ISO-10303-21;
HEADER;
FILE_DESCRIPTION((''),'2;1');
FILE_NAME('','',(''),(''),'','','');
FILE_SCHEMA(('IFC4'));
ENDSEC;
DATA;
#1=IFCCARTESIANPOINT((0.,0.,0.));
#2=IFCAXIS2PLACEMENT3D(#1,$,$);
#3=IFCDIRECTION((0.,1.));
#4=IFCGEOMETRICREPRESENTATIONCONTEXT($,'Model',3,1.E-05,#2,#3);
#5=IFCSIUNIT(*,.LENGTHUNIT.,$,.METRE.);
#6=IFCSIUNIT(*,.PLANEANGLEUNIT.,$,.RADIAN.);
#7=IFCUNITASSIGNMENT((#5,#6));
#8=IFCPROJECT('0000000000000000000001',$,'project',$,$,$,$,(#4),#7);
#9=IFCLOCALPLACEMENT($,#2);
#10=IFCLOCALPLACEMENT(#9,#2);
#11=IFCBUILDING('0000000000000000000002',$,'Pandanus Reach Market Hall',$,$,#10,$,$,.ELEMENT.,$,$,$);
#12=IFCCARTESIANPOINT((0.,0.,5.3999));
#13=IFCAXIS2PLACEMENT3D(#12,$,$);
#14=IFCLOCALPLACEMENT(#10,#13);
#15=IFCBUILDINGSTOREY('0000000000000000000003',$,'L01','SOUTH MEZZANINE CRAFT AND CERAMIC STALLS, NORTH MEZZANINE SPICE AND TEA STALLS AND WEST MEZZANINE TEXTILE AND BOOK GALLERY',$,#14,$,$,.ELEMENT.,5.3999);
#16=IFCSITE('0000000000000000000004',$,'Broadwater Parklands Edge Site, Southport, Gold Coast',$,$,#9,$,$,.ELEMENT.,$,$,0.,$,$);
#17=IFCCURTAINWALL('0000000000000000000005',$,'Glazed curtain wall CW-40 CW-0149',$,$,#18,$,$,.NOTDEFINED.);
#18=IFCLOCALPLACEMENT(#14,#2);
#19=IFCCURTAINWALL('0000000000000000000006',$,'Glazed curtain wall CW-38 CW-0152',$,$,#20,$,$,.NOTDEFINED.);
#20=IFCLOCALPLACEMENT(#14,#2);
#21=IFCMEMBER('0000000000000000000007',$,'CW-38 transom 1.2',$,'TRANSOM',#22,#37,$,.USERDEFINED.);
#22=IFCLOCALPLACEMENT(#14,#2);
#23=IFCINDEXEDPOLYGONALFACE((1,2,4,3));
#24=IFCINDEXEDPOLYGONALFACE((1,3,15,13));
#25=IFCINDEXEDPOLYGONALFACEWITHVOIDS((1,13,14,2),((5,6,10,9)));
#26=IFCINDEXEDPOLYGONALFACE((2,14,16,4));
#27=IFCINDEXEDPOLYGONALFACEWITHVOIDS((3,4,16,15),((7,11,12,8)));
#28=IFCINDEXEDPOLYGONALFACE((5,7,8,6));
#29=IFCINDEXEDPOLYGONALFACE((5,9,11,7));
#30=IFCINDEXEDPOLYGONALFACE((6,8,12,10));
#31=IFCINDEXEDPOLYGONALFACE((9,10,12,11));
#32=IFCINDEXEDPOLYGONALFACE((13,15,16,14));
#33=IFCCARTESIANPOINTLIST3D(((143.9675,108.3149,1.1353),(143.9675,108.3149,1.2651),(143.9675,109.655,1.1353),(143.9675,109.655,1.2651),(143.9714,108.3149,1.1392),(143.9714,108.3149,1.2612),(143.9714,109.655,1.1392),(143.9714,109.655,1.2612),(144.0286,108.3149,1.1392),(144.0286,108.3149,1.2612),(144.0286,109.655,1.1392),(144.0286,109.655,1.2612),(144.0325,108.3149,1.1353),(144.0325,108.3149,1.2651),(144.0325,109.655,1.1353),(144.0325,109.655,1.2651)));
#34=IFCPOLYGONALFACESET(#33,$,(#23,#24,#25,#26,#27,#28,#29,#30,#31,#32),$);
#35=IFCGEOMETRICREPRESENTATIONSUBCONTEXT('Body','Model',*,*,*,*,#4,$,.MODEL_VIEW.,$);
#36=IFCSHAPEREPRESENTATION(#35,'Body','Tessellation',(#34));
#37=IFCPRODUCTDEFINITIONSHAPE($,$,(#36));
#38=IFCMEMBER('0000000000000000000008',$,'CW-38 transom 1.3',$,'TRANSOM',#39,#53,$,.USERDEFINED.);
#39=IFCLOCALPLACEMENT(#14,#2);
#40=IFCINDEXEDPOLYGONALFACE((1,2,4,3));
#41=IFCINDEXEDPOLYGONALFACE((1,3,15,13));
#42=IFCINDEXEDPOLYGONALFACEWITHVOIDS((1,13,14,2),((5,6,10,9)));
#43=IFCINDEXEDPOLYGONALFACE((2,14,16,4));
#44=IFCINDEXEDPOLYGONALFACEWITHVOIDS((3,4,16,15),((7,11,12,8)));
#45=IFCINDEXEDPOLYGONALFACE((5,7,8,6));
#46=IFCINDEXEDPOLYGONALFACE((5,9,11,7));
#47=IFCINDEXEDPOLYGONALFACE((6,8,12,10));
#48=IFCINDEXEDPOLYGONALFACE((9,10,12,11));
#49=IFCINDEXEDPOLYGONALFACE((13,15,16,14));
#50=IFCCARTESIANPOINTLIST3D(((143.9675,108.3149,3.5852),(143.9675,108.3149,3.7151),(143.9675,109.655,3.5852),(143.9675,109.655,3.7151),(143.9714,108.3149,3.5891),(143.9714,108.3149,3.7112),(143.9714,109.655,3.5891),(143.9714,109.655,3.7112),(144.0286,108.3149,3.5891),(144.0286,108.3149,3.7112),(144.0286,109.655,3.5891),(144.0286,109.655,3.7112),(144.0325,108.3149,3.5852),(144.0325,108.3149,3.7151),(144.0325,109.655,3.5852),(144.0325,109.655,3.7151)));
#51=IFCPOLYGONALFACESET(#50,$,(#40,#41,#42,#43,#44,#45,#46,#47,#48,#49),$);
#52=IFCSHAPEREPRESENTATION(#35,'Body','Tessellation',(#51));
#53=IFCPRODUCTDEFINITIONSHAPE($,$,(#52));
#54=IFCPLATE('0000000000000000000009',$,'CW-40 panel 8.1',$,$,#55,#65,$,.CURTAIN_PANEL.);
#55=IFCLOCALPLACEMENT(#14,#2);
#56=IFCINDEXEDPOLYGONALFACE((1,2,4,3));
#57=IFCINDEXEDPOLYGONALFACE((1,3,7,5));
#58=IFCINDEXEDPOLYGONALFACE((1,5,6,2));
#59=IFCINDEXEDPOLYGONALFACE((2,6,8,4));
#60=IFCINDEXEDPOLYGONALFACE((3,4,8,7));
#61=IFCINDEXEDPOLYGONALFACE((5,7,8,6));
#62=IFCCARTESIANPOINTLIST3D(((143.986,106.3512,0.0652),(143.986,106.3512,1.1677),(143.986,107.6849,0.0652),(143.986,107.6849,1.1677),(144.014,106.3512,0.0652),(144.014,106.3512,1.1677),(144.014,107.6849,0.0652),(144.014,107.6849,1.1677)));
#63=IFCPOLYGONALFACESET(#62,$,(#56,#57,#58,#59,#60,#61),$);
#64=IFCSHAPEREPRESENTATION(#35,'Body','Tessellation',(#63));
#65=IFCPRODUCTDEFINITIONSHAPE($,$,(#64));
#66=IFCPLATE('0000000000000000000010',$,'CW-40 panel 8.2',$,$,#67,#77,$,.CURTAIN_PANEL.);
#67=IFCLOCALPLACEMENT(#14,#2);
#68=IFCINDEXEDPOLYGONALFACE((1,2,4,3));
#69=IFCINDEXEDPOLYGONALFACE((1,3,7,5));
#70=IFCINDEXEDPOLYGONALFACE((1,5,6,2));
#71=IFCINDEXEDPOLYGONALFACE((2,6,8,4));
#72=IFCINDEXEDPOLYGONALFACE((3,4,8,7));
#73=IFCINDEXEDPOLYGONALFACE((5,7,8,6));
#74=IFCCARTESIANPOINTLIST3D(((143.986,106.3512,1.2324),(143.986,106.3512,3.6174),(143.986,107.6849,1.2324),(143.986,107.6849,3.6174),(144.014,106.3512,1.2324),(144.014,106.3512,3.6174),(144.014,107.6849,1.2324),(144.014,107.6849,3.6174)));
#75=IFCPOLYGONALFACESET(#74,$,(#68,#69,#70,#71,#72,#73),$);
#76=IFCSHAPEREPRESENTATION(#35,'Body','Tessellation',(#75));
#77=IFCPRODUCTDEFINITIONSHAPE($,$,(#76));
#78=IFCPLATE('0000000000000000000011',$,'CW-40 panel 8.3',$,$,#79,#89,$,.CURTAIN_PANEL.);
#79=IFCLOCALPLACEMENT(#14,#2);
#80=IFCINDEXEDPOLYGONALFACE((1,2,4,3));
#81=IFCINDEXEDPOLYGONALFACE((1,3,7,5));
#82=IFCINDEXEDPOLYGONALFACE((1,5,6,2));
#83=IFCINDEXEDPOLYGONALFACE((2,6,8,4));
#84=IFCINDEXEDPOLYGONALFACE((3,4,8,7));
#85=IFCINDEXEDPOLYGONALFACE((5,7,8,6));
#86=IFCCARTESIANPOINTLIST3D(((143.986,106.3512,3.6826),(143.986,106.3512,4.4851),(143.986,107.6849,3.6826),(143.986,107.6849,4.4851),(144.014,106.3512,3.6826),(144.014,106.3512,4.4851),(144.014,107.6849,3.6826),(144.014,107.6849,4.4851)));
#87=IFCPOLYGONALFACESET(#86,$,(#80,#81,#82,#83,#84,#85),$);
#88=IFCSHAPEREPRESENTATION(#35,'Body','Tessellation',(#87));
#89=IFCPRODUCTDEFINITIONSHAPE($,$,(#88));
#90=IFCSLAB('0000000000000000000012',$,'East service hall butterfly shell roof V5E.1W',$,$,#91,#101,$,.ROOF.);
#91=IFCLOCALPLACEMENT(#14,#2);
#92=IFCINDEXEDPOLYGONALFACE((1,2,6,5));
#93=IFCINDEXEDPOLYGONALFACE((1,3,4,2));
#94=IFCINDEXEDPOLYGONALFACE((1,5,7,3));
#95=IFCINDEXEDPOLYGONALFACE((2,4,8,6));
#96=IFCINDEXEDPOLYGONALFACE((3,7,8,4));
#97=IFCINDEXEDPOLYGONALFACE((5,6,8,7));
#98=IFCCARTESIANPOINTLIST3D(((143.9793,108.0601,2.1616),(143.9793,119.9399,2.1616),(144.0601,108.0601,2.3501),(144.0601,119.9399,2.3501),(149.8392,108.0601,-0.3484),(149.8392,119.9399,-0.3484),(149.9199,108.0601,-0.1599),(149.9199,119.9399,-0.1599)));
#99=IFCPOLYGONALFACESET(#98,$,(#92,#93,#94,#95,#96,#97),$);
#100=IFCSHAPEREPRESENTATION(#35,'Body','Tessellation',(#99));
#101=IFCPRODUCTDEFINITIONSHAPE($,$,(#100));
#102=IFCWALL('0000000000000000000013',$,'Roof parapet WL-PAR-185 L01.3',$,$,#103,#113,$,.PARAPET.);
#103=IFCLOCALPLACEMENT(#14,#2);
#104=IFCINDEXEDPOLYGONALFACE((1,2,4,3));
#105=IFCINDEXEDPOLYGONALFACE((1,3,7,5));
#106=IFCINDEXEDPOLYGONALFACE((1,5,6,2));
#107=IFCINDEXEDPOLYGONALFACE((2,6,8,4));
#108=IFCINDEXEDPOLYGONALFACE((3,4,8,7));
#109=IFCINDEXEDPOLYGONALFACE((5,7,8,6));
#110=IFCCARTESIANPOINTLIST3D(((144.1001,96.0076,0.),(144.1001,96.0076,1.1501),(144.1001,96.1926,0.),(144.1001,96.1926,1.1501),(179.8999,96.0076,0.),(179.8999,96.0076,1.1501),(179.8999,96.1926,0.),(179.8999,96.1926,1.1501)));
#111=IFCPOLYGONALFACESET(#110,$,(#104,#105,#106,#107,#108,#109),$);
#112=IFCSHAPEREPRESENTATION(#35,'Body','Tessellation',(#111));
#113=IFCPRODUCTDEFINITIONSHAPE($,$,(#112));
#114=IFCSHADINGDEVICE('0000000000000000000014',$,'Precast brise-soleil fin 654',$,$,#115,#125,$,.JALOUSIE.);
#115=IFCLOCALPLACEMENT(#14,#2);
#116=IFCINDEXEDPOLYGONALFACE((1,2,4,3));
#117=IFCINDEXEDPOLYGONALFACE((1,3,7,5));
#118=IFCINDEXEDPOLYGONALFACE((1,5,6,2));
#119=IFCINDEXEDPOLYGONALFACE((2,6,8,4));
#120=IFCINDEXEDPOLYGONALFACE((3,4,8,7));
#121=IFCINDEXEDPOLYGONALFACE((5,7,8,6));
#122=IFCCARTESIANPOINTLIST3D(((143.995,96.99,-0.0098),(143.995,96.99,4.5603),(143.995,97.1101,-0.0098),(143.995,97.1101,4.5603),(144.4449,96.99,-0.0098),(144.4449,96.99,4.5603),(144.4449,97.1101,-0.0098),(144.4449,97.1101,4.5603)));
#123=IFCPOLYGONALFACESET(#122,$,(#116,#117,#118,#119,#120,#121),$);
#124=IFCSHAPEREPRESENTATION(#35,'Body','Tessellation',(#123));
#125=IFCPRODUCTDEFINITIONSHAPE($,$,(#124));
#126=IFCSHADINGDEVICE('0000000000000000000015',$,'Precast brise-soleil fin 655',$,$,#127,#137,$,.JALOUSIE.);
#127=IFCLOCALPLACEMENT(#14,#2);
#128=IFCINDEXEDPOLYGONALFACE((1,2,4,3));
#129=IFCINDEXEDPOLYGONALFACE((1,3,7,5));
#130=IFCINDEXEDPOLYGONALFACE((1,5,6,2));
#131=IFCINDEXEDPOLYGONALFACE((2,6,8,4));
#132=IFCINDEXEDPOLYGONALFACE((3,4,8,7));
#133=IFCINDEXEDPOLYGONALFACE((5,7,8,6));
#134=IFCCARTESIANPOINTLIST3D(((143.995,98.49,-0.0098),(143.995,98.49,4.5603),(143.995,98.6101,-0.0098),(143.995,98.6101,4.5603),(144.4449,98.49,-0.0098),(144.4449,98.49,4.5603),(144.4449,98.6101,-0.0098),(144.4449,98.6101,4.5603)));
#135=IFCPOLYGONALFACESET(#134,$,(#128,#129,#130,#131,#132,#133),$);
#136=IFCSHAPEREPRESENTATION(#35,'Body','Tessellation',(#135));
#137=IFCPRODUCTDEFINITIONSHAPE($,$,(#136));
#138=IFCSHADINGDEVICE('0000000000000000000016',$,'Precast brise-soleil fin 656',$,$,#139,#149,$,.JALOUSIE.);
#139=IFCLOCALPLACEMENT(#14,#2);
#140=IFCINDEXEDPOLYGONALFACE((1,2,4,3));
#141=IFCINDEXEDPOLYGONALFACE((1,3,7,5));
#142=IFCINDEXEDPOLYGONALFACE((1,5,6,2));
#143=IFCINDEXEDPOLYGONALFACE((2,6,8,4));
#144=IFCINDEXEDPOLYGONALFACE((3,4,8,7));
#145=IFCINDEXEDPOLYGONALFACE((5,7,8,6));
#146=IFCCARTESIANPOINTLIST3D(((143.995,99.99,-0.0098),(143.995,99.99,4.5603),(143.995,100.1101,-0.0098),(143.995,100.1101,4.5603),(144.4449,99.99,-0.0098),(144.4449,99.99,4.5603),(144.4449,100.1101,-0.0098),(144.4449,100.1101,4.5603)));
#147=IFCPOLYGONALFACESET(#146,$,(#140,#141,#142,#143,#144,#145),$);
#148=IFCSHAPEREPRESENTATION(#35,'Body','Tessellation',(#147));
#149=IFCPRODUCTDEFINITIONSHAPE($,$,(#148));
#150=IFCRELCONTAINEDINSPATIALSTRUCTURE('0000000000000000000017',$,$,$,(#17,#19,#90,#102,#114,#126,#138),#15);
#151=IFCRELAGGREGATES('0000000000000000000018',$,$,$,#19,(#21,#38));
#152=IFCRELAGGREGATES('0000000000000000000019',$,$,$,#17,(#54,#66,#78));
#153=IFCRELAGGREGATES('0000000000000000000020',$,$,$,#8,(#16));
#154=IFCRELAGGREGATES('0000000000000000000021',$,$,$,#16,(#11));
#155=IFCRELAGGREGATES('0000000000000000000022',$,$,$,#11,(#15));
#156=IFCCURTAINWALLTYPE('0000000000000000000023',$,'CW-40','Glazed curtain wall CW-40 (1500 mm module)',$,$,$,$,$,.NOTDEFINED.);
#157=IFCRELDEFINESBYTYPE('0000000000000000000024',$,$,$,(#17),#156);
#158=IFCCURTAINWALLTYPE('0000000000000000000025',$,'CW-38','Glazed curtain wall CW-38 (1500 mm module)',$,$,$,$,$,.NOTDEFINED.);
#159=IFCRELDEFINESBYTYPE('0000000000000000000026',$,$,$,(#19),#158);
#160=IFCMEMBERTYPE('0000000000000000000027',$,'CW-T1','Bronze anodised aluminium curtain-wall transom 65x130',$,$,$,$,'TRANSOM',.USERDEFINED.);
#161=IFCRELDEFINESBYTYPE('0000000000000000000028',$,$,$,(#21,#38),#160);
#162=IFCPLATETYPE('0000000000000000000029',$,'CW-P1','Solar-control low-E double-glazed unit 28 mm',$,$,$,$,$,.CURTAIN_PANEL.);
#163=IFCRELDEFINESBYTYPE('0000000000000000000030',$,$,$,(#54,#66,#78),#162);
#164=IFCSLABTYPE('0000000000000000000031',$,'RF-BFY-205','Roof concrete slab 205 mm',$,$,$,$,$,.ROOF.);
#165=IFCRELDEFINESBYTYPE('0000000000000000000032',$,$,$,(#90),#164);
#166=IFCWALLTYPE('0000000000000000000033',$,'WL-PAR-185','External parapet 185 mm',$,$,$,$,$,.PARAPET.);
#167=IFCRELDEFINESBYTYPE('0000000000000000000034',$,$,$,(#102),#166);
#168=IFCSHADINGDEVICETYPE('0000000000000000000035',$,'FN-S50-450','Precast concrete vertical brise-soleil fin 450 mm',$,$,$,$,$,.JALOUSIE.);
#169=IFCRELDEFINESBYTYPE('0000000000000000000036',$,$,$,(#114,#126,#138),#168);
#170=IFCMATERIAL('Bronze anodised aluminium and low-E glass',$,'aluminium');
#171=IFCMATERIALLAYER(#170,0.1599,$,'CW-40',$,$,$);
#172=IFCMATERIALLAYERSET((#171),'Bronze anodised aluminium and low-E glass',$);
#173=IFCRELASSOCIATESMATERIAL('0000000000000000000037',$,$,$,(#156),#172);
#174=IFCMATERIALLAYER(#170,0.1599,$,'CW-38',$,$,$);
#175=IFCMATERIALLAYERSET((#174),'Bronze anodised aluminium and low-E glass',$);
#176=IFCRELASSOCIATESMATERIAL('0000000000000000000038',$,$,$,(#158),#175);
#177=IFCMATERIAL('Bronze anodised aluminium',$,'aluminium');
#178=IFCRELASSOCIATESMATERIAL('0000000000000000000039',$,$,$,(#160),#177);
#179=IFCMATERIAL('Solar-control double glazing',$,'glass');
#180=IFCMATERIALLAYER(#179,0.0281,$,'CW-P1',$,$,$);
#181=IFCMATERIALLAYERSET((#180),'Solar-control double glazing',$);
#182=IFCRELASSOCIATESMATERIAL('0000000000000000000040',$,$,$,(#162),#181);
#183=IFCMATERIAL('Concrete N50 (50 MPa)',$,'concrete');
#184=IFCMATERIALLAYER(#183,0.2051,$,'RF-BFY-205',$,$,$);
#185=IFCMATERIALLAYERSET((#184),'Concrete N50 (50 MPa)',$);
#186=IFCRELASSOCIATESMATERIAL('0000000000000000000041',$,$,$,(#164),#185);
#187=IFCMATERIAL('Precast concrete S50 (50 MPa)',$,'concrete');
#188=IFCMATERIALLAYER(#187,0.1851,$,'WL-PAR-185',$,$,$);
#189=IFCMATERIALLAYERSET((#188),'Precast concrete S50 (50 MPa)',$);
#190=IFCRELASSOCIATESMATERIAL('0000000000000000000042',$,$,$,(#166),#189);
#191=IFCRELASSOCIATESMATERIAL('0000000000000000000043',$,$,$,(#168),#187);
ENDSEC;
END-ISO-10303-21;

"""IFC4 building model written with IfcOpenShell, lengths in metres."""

from ifc_helpers import new_model, si_unit, direction, frame, frame_2d, origin, origin_2d, place, context, subcontext, project, spatial, polyline, rectangle, hollow_rectangle, outline, extrude, material, layer, layer_set, material_profile, profile_set, type_object, element, aggregate, save


model = new_model("IFC4")

# Units and contexts
model_context = context("Model", 3, precision=1e-05, world=origin(), true_north=direction((0.0, 1.0)))
body_context = subcontext(model_context, "Body", "Model", "MODEL_VIEW")
ifc_project = project(units=[si_unit("LENGTHUNIT", "METRE"), si_unit("PLANEANGLEUNIT", "RADIAN")], contexts=[model_context])

# Site, building, storey
site_placement = place(None, origin())
site = spatial("IfcSite", under=ifc_project, at=site_placement, Name="Broadwater Parklands Edge Site, Southport, Gold Coast", CompositionType="ELEMENT", RefElevation=0.0)
building_placement = place(site_placement, origin())
building = spatial("IfcBuilding", under=site, at=building_placement, Name="Pandanus Reach Market Hall", CompositionType="ELEMENT")
storey_placement = place(building_placement, frame((0.0, 0.0, 5.3999)))
storey = spatial("IfcBuildingStorey", under=building, at=storey_placement, Name="L01", Description="SOUTH MEZZANINE CRAFT AND CERAMIC STALLS, NORTH MEZZANINE SPICE AND TEA STALLS AND WEST MEZZANINE TEXTILE AND BOOK GALLERY", CompositionType="ELEMENT", Elevation=5.3999)

# Curtain walls
ifc_material_1 = material(Name="Bronze anodised aluminium and low-E glass", Category="aluminium")
ifc_layer_1 = layer(ifc_material_1, 0.1599, Name="CW-40")
ifc_layer_set_1 = layer_set([ifc_layer_1], Name="Bronze anodised aluminium and low-E glass")
curtain_wall_type_1 = type_object("IfcCurtainWallType", Name="CW-40", Description="Glazed curtain wall CW-40 (1500 mm module)", PredefinedType="NOTDEFINED", material=ifc_layer_set_1)
curtain_wall_1_placement = place(storey_placement, origin())
curtain_wall_1 = element("IfcCurtainWall", 1, at=curtain_wall_1_placement, inside=storey, type_object=curtain_wall_type_1, Name="Glazed curtain wall CW-40 CW-0149", PredefinedType="NOTDEFINED")
ifc_material_2 = material(Name="Bronze anodised aluminium", Category="aluminium")
ifc_layer_2 = layer(ifc_material_1, 0.1599, Name="CW-38")
ifc_layer_set_2 = layer_set([ifc_layer_2], Name="Bronze anodised aluminium and low-E glass")
curtain_wall_type_2 = type_object("IfcCurtainWallType", Name="CW-38", Description="Glazed curtain wall CW-38 (1500 mm module)", PredefinedType="NOTDEFINED", material=ifc_layer_set_2)
curtain_wall_2_placement = place(storey_placement, origin())
curtain_wall_2 = element("IfcCurtainWall", 2, at=curtain_wall_2_placement, inside=storey, type_object=curtain_wall_type_2, Name="Glazed curtain wall CW-38 CW-0152", PredefinedType="NOTDEFINED")

# Members
ifc_material_profile_1 = material_profile(ifc_material_2, hollow_rectangle(XDim=0.0649, YDim=0.1299, WallThickness=0.0039, at=origin_2d()), Name="ALU65x130", Category="LoadBearing")
ifc_profile_set_1 = profile_set([ifc_material_profile_1], Name="Bronze anodised aluminium")
member_type_1 = type_object("IfcMemberType", Name="CW-T1", Description="Bronze anodised aluminium curtain-wall transom 65x130", ElementType="TRANSOM", PredefinedType="USERDEFINED", material=ifc_profile_set_1)
member_1_placement = place(storey_placement, frame((144.0, 108.3149, 1.2002), z_axis=(0.0, 1.0, 0.0), x_axis=(-1.0, 0.0, 0.0)))
member_1 = element("IfcMember", 3, at=member_1_placement, type_object=member_type_1, Name="CW-38 transom 1.2", ObjectType="TRANSOM", PredefinedType="USERDEFINED", context=body_context, shape_type="SweptSolid", body=[
    extrude(hollow_rectangle(XDim=0.0649, YDim=0.1299, WallThickness=0.0039, at=origin_2d()), origin(), (0.0, 0.0, 1.0), 1.3401),
])
member_2_placement = place(storey_placement, frame((144.0, 108.3149, 3.6501), z_axis=(0.0, 1.0, 0.0), x_axis=(-1.0, 0.0, 0.0)))
member_2 = element("IfcMember", 4, at=member_2_placement, type_object=member_type_1, Name="CW-38 transom 1.3", ObjectType="TRANSOM", PredefinedType="USERDEFINED", context=body_context, shape_type="SweptSolid", body=[
    extrude(hollow_rectangle(XDim=0.0649, YDim=0.1299, WallThickness=0.0039, at=origin_2d()), origin(), (0.0, 0.0, 1.0), 1.3401),
])
aggregate(curtain_wall_2, [member_1, member_2])

# Plates
ifc_material_3 = material(Name="Solar-control double glazing", Category="glass")
ifc_layer_3 = layer(ifc_material_3, 0.0281, Name="CW-P1")
ifc_layer_set_3 = layer_set([ifc_layer_3], Name="Solar-control double glazing")
plate_type = type_object("IfcPlateType", Name="CW-P1", Description="Solar-control low-E double-glazed unit 28 mm", PredefinedType="CURTAIN_PANEL", material=ifc_layer_set_3)
plate_1_placement = place(storey_placement, frame((144.0, 107.0181, 0.0652), z_axis=(0.0, 0.0, 1.0), x_axis=(0.0, 1.0, 0.0)))
plate_1 = element("IfcPlate", 5, at=plate_1_placement, type_object=plate_type, Name="CW-40 panel 8.1", PredefinedType="CURTAIN_PANEL", context=body_context, shape_type="SweptSolid", body=[
    extrude(rectangle(XDim=1.3337, YDim=0.0281, at=origin_2d()), origin(), (0.0, 0.0, 1.0), 1.1025),
])
plate_2_placement = place(storey_placement, frame((144.0, 107.0181, 1.2324), z_axis=(0.0, 0.0, 1.0), x_axis=(0.0, 1.0, 0.0)))
plate_2 = element("IfcPlate", 6, at=plate_2_placement, type_object=plate_type, Name="CW-40 panel 8.2", PredefinedType="CURTAIN_PANEL", context=body_context, shape_type="SweptSolid", body=[
    extrude(rectangle(XDim=1.3337, YDim=0.0281, at=origin_2d()), origin(), (0.0, 0.0, 1.0), 2.385),
])
plate_3_placement = place(storey_placement, frame((144.0, 107.0181, 3.6826), z_axis=(0.0, 0.0, 1.0), x_axis=(0.0, 1.0, 0.0)))
plate_3 = element("IfcPlate", 7, at=plate_3_placement, type_object=plate_type, Name="CW-40 panel 8.3", PredefinedType="CURTAIN_PANEL", context=body_context, shape_type="SweptSolid", body=[
    extrude(rectangle(XDim=1.3337, YDim=0.0281, at=origin_2d()), origin(), (0.0, 0.0, 1.0), 0.8025),
])
aggregate(curtain_wall_1, [plate_1, plate_2, plate_3])

# Slab
ifc_material_4 = material(Name="Concrete N50 (50 MPa)", Category="concrete")
ifc_layer_4 = layer(ifc_material_4, 0.2051, Name="RF-BFY-205")
ifc_layer_set_4 = layer_set([ifc_layer_4], Name="Concrete N50 (50 MPa)")
slab_type = type_object("IfcSlabType", Name="RF-BFY-205", Description="Roof concrete slab 205 mm", PredefinedType="ROOF", material=ifc_layer_set_4)
slab_placement = place(storey_placement, frame((144.0601, 108.0601, 2.3501), z_axis=(0.393739, 0.0, 0.919222), x_axis=(0.919222, 0.0, -0.393739)))
element("IfcSlab", 8, at=slab_placement, inside=storey, type_object=slab_type, Name="East service hall butterfly shell roof V5E.1W", PredefinedType="ROOF", context=body_context, shape_type="SweptSolid", body=[
    extrude(outline(polyline([(0.0, 0.0), (6.3748, 0.0), (6.3748, 11.8799), (0.0, 11.8799), (0.0, 0.0)])), origin(), (0.0, 0.0, -1.0), 0.2051),
])

# Wall
ifc_material_5 = material(Name="Precast concrete S50 (50 MPa)", Category="concrete")
ifc_layer_5 = layer(ifc_material_5, 0.1851, Name="WL-PAR-185")
ifc_layer_set_5 = layer_set([ifc_layer_5], Name="Precast concrete S50 (50 MPa)")
wall_type = type_object("IfcWallType", Name="WL-PAR-185", Description="External parapet 185 mm", PredefinedType="PARAPET", material=ifc_layer_set_5)
wall_placement = place(storey_placement, frame((144.1001, 96.1001, 0.0), z_axis=(0.0, 0.0, 1.0), x_axis=(1.0, 0.0, 0.0)))
element("IfcWall", 9, at=wall_placement, inside=storey, type_object=wall_type, Name="Roof parapet WL-PAR-185 L01.3", PredefinedType="PARAPET", context=body_context, shape_type="SweptSolid", body=[
    extrude(rectangle(XDim=35.7998, YDim=0.1851, at=frame_2d((17.8999, 0.0))), origin(), (0.0, 0.0, 1.0), 1.1501),
])

# Shading devices
shading_device_type = type_object("IfcShadingDeviceType", Name="FN-S50-450", Description="Precast concrete vertical brise-soleil fin 450 mm", PredefinedType="JALOUSIE", material=ifc_material_5)
for number, where, z_axis, x_axis, name in (
    (10, (144.22, 97.05, -0.0098), (0.0, 0.0, 1.0), (1.0, 0.0, 0.0), "Precast brise-soleil fin 654"),
    (11, (144.22, 98.55, -0.0098), (0.0, 0.0, 1.0), (1.0, 0.0, 0.0), "Precast brise-soleil fin 655"),
    (12, (144.22, 100.05, -0.0098), (0.0, 0.0, 1.0), (1.0, 0.0, 0.0), "Precast brise-soleil fin 656"),
):
    element("IfcShadingDevice", number, at=place(storey_placement, frame(where, z_axis=z_axis, x_axis=x_axis)), inside=storey, type_object=shading_device_type, Name=name, PredefinedType="JALOUSIE", context=body_context, shape_type="SweptSolid", body=[
        extrude(rectangle(XDim=0.45, YDim=0.1201, at=origin_2d()), origin(), (0.0, 0.0, 1.0), 4.5701),
    ])

save(model, "model.ifc")
